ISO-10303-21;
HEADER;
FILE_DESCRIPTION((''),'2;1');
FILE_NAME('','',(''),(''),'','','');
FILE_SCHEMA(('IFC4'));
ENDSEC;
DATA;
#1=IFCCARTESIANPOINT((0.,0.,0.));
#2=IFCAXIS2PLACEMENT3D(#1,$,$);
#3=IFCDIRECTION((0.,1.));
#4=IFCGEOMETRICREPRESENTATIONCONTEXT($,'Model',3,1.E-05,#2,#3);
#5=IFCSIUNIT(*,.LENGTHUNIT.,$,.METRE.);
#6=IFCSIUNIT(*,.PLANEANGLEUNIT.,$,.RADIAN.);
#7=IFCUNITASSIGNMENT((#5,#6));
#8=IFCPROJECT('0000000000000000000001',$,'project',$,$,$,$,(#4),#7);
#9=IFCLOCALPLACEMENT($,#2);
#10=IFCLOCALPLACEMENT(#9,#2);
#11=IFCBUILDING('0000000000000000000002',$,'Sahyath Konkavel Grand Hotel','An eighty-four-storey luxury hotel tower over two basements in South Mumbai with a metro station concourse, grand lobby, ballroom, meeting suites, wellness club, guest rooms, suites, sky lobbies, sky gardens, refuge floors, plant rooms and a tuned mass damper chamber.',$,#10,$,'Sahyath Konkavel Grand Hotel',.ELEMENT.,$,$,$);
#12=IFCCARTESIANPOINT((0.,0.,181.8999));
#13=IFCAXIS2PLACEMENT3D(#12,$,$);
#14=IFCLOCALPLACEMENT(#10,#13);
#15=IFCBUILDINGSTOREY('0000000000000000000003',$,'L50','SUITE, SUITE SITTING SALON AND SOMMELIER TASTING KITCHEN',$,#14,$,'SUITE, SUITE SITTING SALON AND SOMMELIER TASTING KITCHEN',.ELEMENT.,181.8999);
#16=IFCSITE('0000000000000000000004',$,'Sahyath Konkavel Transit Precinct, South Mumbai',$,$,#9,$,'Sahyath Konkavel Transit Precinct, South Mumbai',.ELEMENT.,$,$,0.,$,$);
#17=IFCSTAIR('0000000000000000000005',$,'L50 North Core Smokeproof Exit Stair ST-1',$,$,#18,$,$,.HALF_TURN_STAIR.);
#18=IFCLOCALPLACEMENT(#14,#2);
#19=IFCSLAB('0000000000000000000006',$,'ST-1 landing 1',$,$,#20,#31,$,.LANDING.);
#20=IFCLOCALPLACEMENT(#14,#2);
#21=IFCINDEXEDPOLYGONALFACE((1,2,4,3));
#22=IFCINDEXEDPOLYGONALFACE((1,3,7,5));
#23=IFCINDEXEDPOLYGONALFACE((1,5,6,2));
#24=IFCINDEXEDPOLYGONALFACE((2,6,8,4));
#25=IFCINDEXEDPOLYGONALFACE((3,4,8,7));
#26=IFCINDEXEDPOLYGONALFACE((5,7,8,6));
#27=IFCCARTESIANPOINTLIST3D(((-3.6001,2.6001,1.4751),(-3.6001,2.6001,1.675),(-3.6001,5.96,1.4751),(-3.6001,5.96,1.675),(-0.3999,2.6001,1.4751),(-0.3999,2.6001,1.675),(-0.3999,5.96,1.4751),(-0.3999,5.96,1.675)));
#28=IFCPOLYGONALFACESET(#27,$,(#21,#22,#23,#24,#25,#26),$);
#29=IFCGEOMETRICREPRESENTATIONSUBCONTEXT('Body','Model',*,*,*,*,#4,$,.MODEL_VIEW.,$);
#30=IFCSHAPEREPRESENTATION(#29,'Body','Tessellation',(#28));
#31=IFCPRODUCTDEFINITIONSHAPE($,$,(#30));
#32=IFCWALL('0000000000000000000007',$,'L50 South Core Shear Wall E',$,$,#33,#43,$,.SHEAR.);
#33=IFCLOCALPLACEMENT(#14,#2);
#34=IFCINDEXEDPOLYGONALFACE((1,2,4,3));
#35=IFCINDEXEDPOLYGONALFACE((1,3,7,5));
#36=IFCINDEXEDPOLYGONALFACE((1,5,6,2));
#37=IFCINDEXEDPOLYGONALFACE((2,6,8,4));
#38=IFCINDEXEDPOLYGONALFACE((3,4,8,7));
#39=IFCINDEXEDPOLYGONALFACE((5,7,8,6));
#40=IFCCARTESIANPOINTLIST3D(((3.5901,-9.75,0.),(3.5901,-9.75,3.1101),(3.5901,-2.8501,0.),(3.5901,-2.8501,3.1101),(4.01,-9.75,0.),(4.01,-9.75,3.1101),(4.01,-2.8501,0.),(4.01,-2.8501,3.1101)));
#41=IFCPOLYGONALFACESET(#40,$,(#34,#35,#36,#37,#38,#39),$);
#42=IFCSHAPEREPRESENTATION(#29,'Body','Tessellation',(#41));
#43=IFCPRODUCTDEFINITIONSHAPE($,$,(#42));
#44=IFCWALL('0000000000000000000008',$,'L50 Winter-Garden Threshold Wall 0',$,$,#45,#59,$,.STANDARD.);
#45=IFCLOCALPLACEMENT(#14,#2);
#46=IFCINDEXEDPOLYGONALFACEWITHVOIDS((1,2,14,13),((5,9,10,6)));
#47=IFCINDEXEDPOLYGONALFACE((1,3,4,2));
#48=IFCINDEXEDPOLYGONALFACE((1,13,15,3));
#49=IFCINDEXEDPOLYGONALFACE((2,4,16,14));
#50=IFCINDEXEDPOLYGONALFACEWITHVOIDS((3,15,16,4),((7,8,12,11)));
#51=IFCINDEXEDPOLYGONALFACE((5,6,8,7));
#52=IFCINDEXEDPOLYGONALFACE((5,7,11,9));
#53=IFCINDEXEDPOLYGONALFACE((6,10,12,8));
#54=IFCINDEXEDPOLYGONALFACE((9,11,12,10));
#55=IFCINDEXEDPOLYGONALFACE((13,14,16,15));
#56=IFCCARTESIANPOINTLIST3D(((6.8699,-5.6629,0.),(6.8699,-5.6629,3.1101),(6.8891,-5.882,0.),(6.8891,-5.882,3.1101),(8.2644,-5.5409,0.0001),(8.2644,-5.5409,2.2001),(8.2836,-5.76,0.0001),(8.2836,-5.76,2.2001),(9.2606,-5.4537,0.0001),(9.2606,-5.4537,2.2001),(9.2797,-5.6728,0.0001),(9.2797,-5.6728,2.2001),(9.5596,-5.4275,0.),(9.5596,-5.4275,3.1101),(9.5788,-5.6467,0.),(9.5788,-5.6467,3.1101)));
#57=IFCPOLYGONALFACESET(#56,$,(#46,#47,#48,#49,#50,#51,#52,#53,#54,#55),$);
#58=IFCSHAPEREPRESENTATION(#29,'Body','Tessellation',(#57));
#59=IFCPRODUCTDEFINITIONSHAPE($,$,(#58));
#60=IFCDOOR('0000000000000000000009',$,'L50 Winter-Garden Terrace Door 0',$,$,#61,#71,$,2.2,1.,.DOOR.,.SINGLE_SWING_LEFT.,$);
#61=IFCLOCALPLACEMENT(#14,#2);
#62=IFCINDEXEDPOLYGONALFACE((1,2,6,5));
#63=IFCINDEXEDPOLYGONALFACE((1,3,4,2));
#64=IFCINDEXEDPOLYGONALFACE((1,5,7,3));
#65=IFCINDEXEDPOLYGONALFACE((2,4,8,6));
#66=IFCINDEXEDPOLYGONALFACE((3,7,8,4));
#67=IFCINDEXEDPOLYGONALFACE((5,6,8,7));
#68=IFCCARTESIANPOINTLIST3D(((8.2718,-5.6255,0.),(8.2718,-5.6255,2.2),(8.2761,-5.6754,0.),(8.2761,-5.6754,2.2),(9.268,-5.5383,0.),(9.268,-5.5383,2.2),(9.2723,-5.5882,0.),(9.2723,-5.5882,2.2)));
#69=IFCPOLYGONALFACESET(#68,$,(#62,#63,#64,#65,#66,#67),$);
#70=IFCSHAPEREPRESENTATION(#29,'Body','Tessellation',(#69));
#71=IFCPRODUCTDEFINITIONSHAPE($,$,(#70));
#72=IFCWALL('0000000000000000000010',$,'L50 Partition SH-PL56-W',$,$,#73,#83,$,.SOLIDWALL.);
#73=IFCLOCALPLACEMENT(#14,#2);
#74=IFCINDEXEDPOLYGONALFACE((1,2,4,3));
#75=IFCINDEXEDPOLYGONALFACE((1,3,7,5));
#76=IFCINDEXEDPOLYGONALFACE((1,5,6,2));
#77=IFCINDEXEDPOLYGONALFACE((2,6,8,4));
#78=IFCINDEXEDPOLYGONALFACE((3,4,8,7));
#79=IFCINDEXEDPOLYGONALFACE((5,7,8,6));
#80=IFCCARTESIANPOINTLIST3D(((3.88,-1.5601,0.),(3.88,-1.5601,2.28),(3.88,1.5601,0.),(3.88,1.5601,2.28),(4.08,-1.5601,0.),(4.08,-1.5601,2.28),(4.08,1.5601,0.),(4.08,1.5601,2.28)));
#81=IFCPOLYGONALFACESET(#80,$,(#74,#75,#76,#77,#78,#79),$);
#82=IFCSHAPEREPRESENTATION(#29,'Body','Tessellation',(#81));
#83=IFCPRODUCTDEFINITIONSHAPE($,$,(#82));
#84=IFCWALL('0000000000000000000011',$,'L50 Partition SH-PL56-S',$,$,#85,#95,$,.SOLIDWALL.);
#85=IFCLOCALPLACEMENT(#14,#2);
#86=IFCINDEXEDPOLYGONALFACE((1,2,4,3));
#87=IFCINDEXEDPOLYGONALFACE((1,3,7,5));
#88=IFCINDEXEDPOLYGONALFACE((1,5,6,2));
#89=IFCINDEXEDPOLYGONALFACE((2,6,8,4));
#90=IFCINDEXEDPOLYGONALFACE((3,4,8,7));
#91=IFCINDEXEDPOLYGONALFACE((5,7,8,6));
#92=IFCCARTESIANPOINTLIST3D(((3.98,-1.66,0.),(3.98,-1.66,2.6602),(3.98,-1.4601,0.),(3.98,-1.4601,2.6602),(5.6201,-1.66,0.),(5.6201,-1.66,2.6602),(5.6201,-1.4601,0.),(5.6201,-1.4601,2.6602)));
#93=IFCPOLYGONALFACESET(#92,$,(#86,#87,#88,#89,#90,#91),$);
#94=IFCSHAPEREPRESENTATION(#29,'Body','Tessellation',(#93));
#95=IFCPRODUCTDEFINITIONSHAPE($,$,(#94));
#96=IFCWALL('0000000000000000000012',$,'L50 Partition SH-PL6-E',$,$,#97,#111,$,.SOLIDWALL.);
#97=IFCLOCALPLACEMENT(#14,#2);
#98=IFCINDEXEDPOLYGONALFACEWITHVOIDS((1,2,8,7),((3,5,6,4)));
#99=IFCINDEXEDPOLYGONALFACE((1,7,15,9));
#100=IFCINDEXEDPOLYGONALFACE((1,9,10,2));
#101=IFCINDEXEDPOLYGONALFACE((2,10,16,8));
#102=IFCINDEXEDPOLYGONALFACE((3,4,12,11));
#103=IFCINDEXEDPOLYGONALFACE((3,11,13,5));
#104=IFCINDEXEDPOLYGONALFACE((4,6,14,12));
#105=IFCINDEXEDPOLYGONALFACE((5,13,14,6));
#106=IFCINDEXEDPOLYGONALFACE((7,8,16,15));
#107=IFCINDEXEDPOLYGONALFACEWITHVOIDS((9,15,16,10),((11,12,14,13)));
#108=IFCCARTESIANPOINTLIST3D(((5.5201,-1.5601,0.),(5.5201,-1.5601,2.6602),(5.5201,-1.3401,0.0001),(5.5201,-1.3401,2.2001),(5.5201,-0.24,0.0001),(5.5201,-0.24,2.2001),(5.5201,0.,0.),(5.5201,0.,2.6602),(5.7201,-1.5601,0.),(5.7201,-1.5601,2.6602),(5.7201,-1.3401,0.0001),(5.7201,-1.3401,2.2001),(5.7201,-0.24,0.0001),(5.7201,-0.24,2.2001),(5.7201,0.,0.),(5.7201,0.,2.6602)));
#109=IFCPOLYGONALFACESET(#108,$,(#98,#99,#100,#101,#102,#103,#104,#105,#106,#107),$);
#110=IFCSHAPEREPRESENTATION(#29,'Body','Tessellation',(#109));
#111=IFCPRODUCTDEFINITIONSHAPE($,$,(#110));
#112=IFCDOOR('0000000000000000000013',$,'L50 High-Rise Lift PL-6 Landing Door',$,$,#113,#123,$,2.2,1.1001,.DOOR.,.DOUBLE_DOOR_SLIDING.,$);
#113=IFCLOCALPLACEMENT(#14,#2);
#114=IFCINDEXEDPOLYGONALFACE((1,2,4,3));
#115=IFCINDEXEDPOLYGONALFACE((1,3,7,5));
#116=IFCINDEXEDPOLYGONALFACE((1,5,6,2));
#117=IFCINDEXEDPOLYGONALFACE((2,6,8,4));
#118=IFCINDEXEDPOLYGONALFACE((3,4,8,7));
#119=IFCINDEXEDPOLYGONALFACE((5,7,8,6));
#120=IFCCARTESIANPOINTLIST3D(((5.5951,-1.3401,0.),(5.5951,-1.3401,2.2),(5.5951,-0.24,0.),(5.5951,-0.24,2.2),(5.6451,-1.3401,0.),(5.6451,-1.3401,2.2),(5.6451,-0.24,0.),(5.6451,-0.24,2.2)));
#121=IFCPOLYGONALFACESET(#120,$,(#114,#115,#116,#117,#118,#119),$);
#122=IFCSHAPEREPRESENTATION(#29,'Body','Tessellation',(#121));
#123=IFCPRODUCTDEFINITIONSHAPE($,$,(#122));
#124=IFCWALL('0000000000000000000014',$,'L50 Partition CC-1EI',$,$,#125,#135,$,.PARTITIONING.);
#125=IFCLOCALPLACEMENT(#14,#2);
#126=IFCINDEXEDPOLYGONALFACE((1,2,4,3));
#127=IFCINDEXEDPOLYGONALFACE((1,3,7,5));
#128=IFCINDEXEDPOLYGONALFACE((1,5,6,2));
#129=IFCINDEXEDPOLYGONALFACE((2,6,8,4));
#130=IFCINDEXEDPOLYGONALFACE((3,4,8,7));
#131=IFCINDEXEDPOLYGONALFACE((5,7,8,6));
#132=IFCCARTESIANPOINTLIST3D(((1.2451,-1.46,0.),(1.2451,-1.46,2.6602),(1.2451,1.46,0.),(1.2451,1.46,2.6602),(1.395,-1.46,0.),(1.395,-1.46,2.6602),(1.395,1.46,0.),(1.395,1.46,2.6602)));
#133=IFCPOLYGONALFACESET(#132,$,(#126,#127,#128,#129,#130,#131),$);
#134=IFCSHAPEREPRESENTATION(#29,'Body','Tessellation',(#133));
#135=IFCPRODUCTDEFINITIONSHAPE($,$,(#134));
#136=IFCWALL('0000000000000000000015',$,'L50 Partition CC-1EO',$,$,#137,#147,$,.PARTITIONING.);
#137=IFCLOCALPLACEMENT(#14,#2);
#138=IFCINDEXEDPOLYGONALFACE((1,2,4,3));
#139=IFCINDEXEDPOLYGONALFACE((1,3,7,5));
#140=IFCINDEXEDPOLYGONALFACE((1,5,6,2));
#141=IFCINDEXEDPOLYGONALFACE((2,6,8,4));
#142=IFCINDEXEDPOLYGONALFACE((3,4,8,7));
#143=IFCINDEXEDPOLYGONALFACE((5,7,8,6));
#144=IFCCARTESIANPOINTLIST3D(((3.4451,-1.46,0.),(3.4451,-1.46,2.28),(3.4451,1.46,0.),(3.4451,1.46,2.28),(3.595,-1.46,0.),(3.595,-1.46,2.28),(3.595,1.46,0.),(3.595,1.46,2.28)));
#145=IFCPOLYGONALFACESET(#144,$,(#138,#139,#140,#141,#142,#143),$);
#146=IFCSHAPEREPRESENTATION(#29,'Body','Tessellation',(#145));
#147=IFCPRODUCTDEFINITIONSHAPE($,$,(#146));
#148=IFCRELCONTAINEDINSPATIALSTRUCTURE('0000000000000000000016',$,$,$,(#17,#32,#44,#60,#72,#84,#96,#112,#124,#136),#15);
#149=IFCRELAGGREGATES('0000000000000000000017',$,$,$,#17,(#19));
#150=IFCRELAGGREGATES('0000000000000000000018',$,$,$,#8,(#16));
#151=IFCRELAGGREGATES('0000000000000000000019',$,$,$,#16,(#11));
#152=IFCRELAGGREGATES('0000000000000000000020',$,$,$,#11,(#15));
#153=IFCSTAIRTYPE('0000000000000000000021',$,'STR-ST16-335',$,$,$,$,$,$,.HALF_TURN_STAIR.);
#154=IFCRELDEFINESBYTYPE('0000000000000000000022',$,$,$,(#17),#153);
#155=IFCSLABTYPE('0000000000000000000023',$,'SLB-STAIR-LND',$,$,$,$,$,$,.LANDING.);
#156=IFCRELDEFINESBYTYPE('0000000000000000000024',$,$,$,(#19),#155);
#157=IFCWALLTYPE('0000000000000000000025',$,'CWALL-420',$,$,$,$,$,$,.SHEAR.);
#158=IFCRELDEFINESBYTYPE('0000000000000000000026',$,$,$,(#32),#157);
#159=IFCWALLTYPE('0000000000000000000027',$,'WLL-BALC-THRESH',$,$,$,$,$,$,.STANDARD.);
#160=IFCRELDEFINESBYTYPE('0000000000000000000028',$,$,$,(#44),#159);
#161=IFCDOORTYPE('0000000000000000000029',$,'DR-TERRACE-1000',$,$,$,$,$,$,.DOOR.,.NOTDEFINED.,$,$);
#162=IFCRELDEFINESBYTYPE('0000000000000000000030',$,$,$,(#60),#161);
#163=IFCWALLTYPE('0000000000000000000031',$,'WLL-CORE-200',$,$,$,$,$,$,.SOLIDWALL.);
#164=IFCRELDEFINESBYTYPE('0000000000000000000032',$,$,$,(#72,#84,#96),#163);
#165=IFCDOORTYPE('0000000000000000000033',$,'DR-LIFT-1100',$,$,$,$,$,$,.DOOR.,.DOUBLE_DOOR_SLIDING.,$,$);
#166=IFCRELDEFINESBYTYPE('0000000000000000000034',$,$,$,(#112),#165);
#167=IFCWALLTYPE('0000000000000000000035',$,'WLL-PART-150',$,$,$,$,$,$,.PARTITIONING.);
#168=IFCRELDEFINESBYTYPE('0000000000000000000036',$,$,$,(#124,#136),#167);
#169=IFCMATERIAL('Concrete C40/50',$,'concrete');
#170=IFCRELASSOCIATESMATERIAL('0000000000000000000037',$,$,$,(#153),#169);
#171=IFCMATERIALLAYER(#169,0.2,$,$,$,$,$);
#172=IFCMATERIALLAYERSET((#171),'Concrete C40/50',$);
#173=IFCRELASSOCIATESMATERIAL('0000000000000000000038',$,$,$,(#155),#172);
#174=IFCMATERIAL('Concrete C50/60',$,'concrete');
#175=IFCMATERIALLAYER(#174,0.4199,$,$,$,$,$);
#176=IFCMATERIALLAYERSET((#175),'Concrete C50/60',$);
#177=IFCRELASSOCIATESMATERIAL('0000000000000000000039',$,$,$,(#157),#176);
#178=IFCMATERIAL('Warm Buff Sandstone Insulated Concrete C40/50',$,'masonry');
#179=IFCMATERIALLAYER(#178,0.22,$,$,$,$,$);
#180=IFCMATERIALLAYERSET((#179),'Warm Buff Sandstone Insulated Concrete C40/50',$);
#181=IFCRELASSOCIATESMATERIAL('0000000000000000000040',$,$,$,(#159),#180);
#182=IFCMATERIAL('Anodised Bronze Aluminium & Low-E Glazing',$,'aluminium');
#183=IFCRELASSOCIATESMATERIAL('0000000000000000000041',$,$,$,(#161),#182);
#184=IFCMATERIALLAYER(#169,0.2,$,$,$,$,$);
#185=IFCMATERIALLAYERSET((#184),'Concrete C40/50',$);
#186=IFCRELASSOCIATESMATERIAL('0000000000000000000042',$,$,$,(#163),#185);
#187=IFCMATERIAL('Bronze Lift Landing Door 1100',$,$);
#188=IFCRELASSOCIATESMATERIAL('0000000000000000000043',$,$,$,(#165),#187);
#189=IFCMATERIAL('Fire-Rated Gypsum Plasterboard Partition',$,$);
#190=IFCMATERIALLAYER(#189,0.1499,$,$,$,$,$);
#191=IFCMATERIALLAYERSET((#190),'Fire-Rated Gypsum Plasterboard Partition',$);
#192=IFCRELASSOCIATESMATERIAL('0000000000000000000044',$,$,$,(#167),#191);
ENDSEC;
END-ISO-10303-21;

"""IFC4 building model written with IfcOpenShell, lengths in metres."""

from ifc_helpers import new_model, si_unit, direction, frame, frame_2d, origin, origin_2d, place, context, subcontext, project, spatial, polyline, rectangle, outline, extrude, source, transform, mapped, material, layer, layer_set, type_object, element, fill, aggregate, save


model = new_model("IFC4")

# Units and contexts
model_context = context("Model", 3, precision=1e-05, world=origin(), true_north=direction((0.0, 1.0)))
body_context = subcontext(model_context, "Body", "Model", "MODEL_VIEW")
ifc_project = project(units=[si_unit("LENGTHUNIT", "METRE"), si_unit("PLANEANGLEUNIT", "RADIAN")], contexts=[model_context])

# Site, building, storey
site_placement = place(None, origin())
site = spatial("IfcSite", under=ifc_project, at=site_placement, Name="Sahyath Konkavel Transit Precinct, South Mumbai", LongName="Sahyath Konkavel Transit Precinct, South Mumbai", CompositionType="ELEMENT", RefElevation=0.0)
building_placement = place(site_placement, origin())
building = spatial("IfcBuilding", under=site, at=building_placement, Name="Sahyath Konkavel Grand Hotel", Description="An eighty-four-storey luxury hotel tower over two basements in South Mumbai with a metro station concourse, grand lobby, ballroom, meeting suites, wellness club, guest rooms, suites, sky lobbies, sky gardens, refuge floors, plant rooms and a tuned mass damper chamber.", LongName="Sahyath Konkavel Grand Hotel", CompositionType="ELEMENT")
storey_placement = place(building_placement, frame((0.0, 0.0, 181.8999)))
storey = spatial("IfcBuildingStorey", under=building, at=storey_placement, Name="L50", Description="SUITE, SUITE SITTING SALON AND SOMMELIER TASTING KITCHEN", LongName="SUITE, SUITE SITTING SALON AND SOMMELIER TASTING KITCHEN", CompositionType="ELEMENT", Elevation=181.8999)

# Shared definitions
ifc_material_1 = material(Name="Concrete C50/60", Category="concrete")

# Stair, slab
ifc_material_2 = material(Name="Concrete C40/50", Category="concrete")
stair_type = type_object("IfcStairType", Name="STR-ST16-335", PredefinedType="HALF_TURN_STAIR", material=ifc_material_2)
stair_1_placement = place(storey_placement, origin())
stair_1 = element("IfcStair", 1, at=stair_1_placement, inside=storey, type_object=stair_type, Name="L50 North Core Smokeproof Exit Stair ST-1", PredefinedType="HALF_TURN_STAIR")
ifc_layer_1 = layer(ifc_material_2, 0.2)
ifc_layer_set_1 = layer_set([ifc_layer_1], Name="Concrete C40/50")
slab_type = type_object("IfcSlabType", Name="SLB-STAIR-LND", PredefinedType="LANDING", material=ifc_layer_set_1)
slab_placement = place(storey_placement, frame((0.0, 0.0, 1.4751)))
slab = element("IfcSlab", 2, at=slab_placement, type_object=slab_type, Name="ST-1 landing 1", PredefinedType="LANDING", context=body_context, shape_type="SweptSolid", body=[
    extrude(outline(polyline([(-3.6001, 5.96), (-3.6001, 2.6001), (-0.3999, 2.6001), (-0.3999, 5.96), (-3.6001, 5.96)])), origin(), (0.0, 0.0, 1.0), 0.2),
])
aggregate(stair_1, [slab])

# Wall
ifc_layer_2 = layer(ifc_material_1, 0.4199)
ifc_layer_set_2 = layer_set([ifc_layer_2], Name="Concrete C50/60")
wall_type_1 = type_object("IfcWallType", Name="CWALL-420", PredefinedType="SHEAR", material=ifc_layer_set_2)
wall_1_placement = place(storey_placement, frame((3.8, -9.75, 0.0), z_axis=(0.0, 0.0, 1.0), x_axis=(0.0, 1.0, 0.0)))
element("IfcWall", 3, at=wall_1_placement, inside=storey, type_object=wall_type_1, Name="L50 South Core Shear Wall E", PredefinedType="SHEAR", context=body_context, shape_type="SweptSolid", body=[
    extrude(rectangle(XDim=6.8999, YDim=0.4199, at=frame_2d((3.45, 0.0))), origin(), (0.0, 0.0, 1.0), 3.1101),
])

# Wall, opening, door
ifc_material_3 = material(Name="Warm Buff Sandstone Insulated Concrete C40/50", Category="masonry")
ifc_layer_3 = layer(ifc_material_3, 0.22)
ifc_layer_set_3 = layer_set([ifc_layer_3], Name="Warm Buff Sandstone Insulated Concrete C40/50")
wall_type_2 = type_object("IfcWallType", Name="WLL-BALC-THRESH", PredefinedType="STANDARD", material=ifc_layer_set_3)
wall_2_placement = place(storey_placement, frame((6.8794, -5.7725, 0.0), z_axis=(0.0, 0.0, 1.0), x_axis=(0.996194, 0.087168, 0.0)))
wall_2 = element("IfcWall", 4, at=wall_2_placement, inside=storey, type_object=wall_type_2, Name="L50 Winter-Garden Threshold Wall 0", PredefinedType="STANDARD", context=body_context, shape_type="SweptSolid", body=[
    extrude(rectangle(XDim=2.7, YDim=0.22, at=frame_2d((1.3501, 0.0))), origin(), (0.0, 0.0, 1.0), 3.1101),
])
opening_1_placement = place(wall_2_placement, frame((1.3999, 0.0, 0.0)))
opening_1 = element("IfcOpeningElement", 5, at=opening_1_placement, cuts=wall_2, PredefinedType="OPENING", context=body_context, shape_type="SweptSolid", body=[
    extrude(rectangle(XDim=1.0, YDim=2.2, at=frame_2d((0.5, 1.1001))), frame((0.0, 0.1201, 0.0), z_axis=(0.0, -1.0, 0.0), x_axis=(1.0, 0.0, 0.0)), (0.0, 0.0, 1.0), 0.24),
])
ifc_material_4 = material(Name="Anodised Bronze Aluminium & Low-E Glazing", Category="aluminium")
door_type_1 = type_object("IfcDoorType", Name="DR-TERRACE-1000", OperationType="NOTDEFINED", PredefinedType="DOOR", material=ifc_material_4)
shared_shape_1 = source(origin(), body_context, "Body", "SweptSolid", [
    extrude(rectangle(XDim=1.0, YDim=0.05, at=origin_2d()), origin(), (0.0, 0.0, 1.0), 2.2),
])
door_1_placement = place(opening_1_placement, frame((0.5, 0.0, 0.0)))
door_1 = element("IfcDoor", 6, at=door_1_placement, inside=storey, type_object=door_type_1, Name="L50 Winter-Garden Terrace Door 0", OperationType="SINGLE_SWING_LEFT", OverallHeight=2.2, OverallWidth=1.0, PredefinedType="DOOR", context=body_context, shape_type="MappedRepresentation", body=[
    mapped(shared_shape_1, transform((0.0, 0.0, 0.0), scale=1.0)),
])
fill(opening_1, door_1)

# Walls
ifc_layer_4 = layer(ifc_material_2, 0.2)
ifc_layer_set_4 = layer_set([ifc_layer_4], Name="Concrete C40/50")
wall_type_3 = type_object("IfcWallType", Name="WLL-CORE-200", PredefinedType="SOLIDWALL", material=ifc_layer_set_4)
wall_3_placement = place(storey_placement, frame((3.98, -1.5601, 0.0), z_axis=(0.0, 0.0, 1.0), x_axis=(0.0, 1.0, 0.0)))
element("IfcWall", 7, at=wall_3_placement, inside=storey, type_object=wall_type_3, Name="L50 Partition SH-PL56-W", PredefinedType="SOLIDWALL", context=body_context, shape_type="SweptSolid", body=[
    extrude(rectangle(XDim=3.1201, YDim=0.2, at=frame_2d((1.5601, 0.0))), origin(), (0.0, 0.0, 1.0), 2.28),
])
wall_4_placement = place(storey_placement, frame((3.98, -1.5601, 0.0), z_axis=(0.0, 0.0, 1.0), x_axis=(1.0, 0.0, 0.0)))
element("IfcWall", 8, at=wall_4_placement, inside=storey, type_object=wall_type_3, Name="L50 Partition SH-PL56-S", PredefinedType="SOLIDWALL", context=body_context, shape_type="SweptSolid", body=[
    extrude(rectangle(XDim=1.6401, YDim=0.2, at=frame_2d((0.8201, 0.0))), origin(), (0.0, 0.0, 1.0), 2.6602),
])

# Wall, opening, door
wall_5_placement = place(storey_placement, frame((5.6201, -1.5601, 0.0), z_axis=(0.0, 0.0, 1.0), x_axis=(0.0, 1.0, 0.0)))
wall_5 = element("IfcWall", 9, at=wall_5_placement, inside=storey, type_object=wall_type_3, Name="L50 Partition SH-PL6-E", PredefinedType="SOLIDWALL", context=body_context, shape_type="SweptSolid", body=[
    extrude(rectangle(XDim=1.5601, YDim=0.2, at=frame_2d((0.78, 0.0))), origin(), (0.0, 0.0, 1.0), 2.6602),
])
opening_2_placement = place(wall_5_placement, frame((0.22, 0.0, 0.0)))
opening_2 = element("IfcOpeningElement", 10, at=opening_2_placement, cuts=wall_5, PredefinedType="OPENING", context=body_context, shape_type="SweptSolid", body=[
    extrude(rectangle(XDim=1.1001, YDim=2.2, at=frame_2d((0.55, 1.1001))), frame((0.0, 0.1099, 0.0), z_axis=(0.0, -1.0, 0.0), x_axis=(1.0, 0.0, 0.0)), (0.0, 0.0, 1.0), 0.22),
])
ifc_material_5 = material(Name="Bronze Lift Landing Door 1100")
door_type_2 = type_object("IfcDoorType", Name="DR-LIFT-1100", OperationType="DOUBLE_DOOR_SLIDING", PredefinedType="DOOR", material=ifc_material_5)
shared_shape_2 = source(origin(), body_context, "Body", "SweptSolid", [
    extrude(rectangle(XDim=1.1001, YDim=0.05, at=origin_2d()), origin(), (0.0, 0.0, 1.0), 2.2),
])
door_2_placement = place(opening_2_placement, frame((0.55, 0.0, 0.0)))
door_2 = element("IfcDoor", 11, at=door_2_placement, inside=storey, type_object=door_type_2, Name="L50 High-Rise Lift PL-6 Landing Door", OperationType="DOUBLE_DOOR_SLIDING", OverallHeight=2.2, OverallWidth=1.1001, PredefinedType="DOOR", context=body_context, shape_type="MappedRepresentation", body=[
    mapped(shared_shape_2, transform((0.0, 0.0, 0.0), scale=1.0)),
])
fill(opening_2, door_2)

# Walls
ifc_material_6 = material(Name="Fire-Rated Gypsum Plasterboard Partition")
ifc_layer_5 = layer(ifc_material_6, 0.1499)
ifc_layer_set_5 = layer_set([ifc_layer_5], Name="Fire-Rated Gypsum Plasterboard Partition")
wall_type_4 = type_object("IfcWallType", Name="WLL-PART-150", PredefinedType="PARTITIONING", material=ifc_layer_set_5)
wall_6_placement = place(storey_placement, frame((1.3201, -1.46, 0.0), z_axis=(0.0, 0.0, 1.0), x_axis=(0.0, 1.0, 0.0)))
element("IfcWall", 12, at=wall_6_placement, inside=storey, type_object=wall_type_4, Name="L50 Partition CC-1EI", PredefinedType="PARTITIONING", context=body_context, shape_type="SweptSolid", body=[
    extrude(rectangle(XDim=2.9199, YDim=0.1499, at=frame_2d((1.46, 0.0))), origin(), (0.0, 0.0, 1.0), 2.6602),
])
wall_7_placement = place(storey_placement, frame((3.52, -1.46, 0.0), z_axis=(0.0, 0.0, 1.0), x_axis=(0.0, 1.0, 0.0)))
element("IfcWall", 13, at=wall_7_placement, inside=storey, type_object=wall_type_4, Name="L50 Partition CC-1EO", PredefinedType="PARTITIONING", context=body_context, shape_type="SweptSolid", body=[
    extrude(rectangle(XDim=2.9199, YDim=0.1499, at=frame_2d((1.46, 0.0))), origin(), (0.0, 0.0, 1.0), 2.28),
])

save(model, "model.ifc")
